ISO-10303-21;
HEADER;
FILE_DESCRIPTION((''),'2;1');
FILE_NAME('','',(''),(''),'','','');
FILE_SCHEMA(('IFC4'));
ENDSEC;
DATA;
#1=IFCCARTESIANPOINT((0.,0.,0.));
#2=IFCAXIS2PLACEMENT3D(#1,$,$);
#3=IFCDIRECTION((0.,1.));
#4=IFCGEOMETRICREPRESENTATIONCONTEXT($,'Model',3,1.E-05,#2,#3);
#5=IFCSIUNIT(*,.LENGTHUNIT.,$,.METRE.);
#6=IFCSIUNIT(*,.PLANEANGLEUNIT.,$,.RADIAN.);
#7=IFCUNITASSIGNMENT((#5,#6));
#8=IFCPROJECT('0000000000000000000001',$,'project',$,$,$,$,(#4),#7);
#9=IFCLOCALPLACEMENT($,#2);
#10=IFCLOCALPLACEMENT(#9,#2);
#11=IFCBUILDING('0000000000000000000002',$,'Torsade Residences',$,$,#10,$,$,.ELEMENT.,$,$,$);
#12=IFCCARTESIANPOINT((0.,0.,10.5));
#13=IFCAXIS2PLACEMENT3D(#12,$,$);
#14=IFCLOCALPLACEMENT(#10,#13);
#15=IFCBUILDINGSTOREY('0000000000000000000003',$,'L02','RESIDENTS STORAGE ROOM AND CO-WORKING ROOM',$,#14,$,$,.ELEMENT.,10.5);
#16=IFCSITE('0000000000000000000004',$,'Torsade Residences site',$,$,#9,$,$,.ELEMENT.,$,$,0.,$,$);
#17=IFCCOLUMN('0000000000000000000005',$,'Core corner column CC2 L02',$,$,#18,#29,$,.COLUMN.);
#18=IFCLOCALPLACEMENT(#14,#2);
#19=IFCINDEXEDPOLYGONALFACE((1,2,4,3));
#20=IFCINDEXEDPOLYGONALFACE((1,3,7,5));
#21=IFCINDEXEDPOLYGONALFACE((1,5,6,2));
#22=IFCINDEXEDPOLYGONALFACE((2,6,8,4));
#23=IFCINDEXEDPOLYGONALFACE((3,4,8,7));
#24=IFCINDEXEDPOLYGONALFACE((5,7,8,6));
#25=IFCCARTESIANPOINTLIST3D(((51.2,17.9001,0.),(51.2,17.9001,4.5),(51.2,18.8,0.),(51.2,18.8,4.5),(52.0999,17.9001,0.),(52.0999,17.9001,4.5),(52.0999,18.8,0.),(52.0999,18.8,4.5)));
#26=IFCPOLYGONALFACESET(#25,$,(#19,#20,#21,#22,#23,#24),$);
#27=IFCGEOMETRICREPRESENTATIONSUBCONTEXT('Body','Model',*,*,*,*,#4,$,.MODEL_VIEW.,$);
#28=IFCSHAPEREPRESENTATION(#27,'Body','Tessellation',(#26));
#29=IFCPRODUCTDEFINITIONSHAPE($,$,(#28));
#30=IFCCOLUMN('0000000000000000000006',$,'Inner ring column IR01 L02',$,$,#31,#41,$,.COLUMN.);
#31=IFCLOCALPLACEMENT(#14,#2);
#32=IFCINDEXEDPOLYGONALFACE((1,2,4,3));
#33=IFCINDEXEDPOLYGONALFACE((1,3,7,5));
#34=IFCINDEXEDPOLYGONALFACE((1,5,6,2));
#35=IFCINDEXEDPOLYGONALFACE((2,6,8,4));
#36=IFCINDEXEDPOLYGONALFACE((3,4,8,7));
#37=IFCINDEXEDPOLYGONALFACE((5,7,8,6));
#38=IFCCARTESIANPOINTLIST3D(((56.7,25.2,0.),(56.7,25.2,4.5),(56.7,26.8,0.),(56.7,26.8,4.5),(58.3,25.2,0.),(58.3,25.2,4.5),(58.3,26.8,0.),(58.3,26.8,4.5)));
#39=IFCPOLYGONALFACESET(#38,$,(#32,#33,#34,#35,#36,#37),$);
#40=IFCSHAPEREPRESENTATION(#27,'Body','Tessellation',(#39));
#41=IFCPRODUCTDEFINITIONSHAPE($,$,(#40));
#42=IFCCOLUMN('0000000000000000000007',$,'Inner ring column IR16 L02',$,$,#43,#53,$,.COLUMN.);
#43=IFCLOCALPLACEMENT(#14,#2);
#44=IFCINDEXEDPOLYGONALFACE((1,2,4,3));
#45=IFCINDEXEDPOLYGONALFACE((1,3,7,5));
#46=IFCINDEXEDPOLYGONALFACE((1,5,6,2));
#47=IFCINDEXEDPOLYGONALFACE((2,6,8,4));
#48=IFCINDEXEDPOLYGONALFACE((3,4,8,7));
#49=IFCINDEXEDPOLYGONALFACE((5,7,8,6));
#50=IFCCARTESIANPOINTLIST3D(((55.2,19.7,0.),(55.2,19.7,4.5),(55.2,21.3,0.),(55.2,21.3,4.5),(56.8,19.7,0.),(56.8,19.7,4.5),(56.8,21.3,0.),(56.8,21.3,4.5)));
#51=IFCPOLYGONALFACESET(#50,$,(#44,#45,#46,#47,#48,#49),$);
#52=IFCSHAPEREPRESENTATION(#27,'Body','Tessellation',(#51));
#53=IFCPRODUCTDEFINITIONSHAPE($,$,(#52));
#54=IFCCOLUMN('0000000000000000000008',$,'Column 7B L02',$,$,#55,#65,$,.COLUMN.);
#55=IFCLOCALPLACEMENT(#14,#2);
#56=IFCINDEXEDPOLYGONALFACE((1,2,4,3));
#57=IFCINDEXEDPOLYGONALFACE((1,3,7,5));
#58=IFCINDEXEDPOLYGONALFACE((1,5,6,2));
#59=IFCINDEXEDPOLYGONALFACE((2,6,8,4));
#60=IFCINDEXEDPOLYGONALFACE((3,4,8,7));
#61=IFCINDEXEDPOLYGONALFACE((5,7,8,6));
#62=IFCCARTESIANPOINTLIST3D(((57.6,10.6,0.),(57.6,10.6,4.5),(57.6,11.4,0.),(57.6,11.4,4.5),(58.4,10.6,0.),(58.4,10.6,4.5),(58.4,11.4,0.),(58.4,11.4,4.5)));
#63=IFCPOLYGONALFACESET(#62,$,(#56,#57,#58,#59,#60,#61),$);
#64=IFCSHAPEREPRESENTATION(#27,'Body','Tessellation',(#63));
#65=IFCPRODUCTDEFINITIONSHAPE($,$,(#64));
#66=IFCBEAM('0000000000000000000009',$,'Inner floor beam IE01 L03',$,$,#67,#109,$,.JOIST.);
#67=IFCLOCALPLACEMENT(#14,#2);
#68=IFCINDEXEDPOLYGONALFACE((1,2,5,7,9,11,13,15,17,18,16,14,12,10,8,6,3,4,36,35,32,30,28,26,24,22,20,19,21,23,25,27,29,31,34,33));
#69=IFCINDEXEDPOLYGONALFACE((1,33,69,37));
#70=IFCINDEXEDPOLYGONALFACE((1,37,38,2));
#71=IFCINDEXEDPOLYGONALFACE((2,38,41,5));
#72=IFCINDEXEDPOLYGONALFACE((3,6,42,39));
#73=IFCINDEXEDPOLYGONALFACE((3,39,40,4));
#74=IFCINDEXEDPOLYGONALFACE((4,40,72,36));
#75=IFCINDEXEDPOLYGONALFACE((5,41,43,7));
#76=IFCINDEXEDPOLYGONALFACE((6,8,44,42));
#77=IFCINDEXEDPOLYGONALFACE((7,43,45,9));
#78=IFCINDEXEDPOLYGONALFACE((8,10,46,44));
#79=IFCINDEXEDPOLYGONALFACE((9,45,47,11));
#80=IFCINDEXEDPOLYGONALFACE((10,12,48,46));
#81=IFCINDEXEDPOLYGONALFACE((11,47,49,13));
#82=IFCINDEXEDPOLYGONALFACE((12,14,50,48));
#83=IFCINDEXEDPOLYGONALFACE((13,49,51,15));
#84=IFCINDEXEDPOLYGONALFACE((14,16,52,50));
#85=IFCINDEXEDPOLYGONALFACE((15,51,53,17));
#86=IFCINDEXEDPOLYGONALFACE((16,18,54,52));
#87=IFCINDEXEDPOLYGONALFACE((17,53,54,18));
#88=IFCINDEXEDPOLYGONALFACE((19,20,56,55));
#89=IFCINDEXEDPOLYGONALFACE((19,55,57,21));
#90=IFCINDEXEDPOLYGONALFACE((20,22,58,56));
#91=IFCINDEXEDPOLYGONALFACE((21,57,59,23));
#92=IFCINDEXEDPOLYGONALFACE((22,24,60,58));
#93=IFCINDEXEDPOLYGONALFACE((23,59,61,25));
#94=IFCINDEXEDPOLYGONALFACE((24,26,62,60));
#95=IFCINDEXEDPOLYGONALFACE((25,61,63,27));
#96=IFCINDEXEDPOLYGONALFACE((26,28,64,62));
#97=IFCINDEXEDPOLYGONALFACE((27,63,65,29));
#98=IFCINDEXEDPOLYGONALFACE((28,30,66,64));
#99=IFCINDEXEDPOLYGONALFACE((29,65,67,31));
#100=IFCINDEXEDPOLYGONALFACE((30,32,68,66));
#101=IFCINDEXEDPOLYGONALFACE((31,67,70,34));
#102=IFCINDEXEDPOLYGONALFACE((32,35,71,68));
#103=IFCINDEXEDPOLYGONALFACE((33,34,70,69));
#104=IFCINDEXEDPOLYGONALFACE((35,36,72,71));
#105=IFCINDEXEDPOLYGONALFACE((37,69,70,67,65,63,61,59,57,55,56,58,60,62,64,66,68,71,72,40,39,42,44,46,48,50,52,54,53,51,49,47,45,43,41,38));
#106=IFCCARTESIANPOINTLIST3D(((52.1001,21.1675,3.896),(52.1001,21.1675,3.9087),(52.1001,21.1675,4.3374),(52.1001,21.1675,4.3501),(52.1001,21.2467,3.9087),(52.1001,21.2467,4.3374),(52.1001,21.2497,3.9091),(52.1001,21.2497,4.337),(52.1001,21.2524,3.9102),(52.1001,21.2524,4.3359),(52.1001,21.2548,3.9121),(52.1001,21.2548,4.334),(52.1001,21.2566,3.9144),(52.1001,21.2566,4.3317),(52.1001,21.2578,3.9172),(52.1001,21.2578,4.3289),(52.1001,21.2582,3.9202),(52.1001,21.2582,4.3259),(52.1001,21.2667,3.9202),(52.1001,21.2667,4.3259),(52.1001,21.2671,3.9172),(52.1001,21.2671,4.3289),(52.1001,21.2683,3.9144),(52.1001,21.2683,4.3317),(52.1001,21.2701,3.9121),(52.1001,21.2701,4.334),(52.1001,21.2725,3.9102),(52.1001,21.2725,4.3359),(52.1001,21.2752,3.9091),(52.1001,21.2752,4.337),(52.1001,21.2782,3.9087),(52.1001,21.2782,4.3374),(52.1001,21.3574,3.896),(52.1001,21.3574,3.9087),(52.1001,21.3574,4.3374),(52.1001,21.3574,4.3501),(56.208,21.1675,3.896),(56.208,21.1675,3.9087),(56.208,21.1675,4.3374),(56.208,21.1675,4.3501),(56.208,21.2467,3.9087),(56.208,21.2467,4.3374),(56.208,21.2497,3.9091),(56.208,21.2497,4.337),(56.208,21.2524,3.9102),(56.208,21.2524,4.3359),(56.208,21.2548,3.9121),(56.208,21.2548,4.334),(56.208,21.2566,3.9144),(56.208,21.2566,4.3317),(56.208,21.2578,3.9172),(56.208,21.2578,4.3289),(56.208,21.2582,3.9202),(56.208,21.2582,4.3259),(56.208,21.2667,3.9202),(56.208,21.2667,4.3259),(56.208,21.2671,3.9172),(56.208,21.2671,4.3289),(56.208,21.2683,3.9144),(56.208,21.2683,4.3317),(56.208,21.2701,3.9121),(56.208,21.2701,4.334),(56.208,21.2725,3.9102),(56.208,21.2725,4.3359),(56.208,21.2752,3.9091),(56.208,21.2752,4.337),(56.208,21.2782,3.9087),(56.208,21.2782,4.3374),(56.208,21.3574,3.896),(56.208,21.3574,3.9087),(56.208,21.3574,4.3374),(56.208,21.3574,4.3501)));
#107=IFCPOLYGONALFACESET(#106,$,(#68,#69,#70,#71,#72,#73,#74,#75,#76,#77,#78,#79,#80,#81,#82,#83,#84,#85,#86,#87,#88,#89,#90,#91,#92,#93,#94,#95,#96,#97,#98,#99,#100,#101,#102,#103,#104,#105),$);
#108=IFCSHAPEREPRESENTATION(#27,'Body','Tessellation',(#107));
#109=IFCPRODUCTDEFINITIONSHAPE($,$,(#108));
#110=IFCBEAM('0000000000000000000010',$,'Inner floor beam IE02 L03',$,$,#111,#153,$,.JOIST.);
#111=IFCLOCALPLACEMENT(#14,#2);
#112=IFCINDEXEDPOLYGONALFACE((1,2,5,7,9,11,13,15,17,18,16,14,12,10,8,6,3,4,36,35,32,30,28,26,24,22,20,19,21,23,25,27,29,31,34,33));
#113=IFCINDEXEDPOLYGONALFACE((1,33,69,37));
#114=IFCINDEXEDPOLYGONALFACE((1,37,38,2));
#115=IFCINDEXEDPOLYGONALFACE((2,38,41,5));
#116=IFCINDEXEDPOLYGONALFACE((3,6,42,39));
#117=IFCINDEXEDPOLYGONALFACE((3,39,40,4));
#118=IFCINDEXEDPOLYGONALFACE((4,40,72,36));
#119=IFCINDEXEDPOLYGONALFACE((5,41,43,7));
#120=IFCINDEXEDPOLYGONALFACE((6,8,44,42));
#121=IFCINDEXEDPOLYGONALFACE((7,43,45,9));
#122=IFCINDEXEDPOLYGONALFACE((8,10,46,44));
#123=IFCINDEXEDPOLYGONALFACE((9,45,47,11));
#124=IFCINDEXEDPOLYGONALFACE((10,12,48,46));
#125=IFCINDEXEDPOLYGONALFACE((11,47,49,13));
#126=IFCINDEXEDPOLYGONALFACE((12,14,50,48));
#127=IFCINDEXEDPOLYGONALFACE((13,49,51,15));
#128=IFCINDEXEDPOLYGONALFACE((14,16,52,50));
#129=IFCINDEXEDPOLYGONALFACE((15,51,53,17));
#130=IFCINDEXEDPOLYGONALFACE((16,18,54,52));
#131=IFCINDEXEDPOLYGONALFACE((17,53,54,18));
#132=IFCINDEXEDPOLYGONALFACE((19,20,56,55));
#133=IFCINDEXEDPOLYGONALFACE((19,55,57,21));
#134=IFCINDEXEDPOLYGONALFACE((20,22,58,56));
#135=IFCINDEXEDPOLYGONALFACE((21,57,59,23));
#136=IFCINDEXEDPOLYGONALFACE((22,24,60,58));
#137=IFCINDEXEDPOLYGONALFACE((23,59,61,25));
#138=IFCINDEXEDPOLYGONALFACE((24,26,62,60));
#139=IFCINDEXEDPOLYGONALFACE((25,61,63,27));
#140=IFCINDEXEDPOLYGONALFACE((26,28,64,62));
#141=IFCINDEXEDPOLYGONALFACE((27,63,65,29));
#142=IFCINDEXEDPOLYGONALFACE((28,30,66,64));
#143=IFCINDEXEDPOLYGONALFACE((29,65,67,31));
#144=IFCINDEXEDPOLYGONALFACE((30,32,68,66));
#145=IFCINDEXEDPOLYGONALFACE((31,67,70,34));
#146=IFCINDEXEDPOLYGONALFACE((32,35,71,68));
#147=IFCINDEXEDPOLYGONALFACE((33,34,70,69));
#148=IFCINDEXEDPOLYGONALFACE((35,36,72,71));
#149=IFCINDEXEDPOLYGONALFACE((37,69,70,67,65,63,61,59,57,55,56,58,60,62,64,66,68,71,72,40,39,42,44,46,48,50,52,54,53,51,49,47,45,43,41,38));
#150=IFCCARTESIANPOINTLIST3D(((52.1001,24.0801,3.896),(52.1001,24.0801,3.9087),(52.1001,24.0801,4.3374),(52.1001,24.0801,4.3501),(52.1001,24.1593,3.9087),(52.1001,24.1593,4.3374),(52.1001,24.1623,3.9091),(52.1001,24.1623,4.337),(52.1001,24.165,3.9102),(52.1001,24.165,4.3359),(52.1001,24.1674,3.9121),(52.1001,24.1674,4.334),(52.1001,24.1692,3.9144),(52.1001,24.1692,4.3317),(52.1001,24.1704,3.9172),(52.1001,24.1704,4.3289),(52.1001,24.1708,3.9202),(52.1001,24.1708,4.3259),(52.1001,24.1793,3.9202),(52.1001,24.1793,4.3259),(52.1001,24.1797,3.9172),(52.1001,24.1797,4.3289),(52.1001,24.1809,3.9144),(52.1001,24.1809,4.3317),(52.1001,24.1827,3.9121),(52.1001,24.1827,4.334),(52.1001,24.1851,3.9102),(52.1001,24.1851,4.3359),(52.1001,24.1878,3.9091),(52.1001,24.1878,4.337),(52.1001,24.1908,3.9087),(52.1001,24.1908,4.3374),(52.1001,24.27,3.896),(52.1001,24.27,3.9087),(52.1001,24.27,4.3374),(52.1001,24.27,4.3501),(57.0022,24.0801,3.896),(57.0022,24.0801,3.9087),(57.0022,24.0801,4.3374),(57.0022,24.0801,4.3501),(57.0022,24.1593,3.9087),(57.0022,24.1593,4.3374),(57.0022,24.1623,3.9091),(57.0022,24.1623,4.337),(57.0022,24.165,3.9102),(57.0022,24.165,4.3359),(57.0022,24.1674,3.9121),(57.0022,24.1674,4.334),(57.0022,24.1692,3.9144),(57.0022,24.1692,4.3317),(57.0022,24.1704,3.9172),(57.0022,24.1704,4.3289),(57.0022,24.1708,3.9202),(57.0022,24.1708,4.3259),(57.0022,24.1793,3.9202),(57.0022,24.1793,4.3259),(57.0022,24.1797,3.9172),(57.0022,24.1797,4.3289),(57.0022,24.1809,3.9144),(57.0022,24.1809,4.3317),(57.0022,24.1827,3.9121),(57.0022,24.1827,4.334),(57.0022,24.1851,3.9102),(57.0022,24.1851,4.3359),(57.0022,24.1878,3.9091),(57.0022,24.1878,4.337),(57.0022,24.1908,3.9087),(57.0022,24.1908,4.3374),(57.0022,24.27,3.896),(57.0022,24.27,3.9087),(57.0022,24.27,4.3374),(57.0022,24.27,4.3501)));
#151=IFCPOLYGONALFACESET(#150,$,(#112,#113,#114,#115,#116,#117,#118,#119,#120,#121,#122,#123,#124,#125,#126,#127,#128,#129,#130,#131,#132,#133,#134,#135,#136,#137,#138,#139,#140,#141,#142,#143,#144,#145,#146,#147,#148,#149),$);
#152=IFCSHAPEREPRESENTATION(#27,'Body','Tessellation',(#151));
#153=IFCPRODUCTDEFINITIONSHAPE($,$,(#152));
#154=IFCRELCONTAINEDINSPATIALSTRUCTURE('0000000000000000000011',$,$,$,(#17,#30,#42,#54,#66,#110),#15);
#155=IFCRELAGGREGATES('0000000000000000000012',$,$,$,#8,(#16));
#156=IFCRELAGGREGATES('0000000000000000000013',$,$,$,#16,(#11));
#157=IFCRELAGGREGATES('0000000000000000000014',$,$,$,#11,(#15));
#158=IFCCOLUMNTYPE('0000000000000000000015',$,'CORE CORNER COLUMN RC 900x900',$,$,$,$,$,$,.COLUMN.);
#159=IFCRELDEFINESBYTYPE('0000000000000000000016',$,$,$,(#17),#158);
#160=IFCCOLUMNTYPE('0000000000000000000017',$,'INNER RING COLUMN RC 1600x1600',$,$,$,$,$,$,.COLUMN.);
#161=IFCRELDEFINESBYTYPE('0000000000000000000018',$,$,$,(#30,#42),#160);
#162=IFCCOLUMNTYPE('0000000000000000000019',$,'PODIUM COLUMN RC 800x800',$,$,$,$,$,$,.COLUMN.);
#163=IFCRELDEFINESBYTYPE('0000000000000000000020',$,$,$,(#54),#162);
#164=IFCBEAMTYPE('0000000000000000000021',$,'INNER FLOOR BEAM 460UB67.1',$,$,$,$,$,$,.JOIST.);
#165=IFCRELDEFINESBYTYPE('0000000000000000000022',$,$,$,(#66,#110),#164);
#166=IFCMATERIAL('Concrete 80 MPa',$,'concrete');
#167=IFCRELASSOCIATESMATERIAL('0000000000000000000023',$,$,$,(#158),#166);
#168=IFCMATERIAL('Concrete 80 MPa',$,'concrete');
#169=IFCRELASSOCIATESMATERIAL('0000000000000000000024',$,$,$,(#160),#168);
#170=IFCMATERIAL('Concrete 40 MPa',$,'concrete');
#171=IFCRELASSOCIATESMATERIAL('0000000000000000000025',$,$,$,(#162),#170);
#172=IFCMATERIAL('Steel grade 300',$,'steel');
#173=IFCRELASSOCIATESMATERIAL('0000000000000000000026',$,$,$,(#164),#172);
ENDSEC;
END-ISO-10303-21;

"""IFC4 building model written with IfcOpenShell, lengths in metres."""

from ifc_helpers import new_model, si_unit, direction, frame, origin, origin_2d, place, context, subcontext, project, spatial, rectangle, i_section, extrude, material, material_profile, profile_set, type_object, element, save


model = new_model("IFC4")

# Units and contexts
model_context = context("Model", 3, precision=1e-05, world=origin(), true_north=direction((0.0, 1.0)))
body_context = subcontext(model_context, "Body", "Model", "MODEL_VIEW")
ifc_project = project(units=[si_unit("LENGTHUNIT", "METRE"), si_unit("PLANEANGLEUNIT", "RADIAN")], contexts=[model_context])

# Site, building, storey
site_placement = place(None, origin())
site = spatial("IfcSite", under=ifc_project, at=site_placement, Name="Torsade Residences site", CompositionType="ELEMENT", RefElevation=0.0)
building_placement = place(site_placement, origin())
building = spatial("IfcBuilding", under=site, at=building_placement, Name="Torsade Residences", CompositionType="ELEMENT")
storey_placement = place(building_placement, frame((0.0, 0.0, 10.5)))
storey = spatial("IfcBuildingStorey", under=building, at=storey_placement, Name="L02", Description="RESIDENTS STORAGE ROOM AND CO-WORKING ROOM", CompositionType="ELEMENT", Elevation=10.5)

# Columns
ifc_material_1 = material(Name="Concrete 80 MPa", Category="concrete")
ifc_material_profile_1 = material_profile(ifc_material_1, rectangle(XDim=0.8999, YDim=0.8999, at=origin_2d()), Name="RC 900x900")
ifc_profile_set_1 = profile_set([ifc_material_profile_1], Name="Concrete 80 MPa")
column_type_1 = type_object("IfcColumnType", Name="CORE CORNER COLUMN RC 900x900", PredefinedType="COLUMN", material=ifc_profile_set_1)
column_1_placement = place(storey_placement, frame((51.6499, 18.3501, 0.0), z_axis=(0.0, 0.0, 1.0), x_axis=(1.0, 0.0, 0.0)))
element("IfcColumn", 1, at=column_1_placement, inside=storey, type_object=column_type_1, Name="Core corner column CC2 L02", PredefinedType="COLUMN", context=body_context, shape_type="SweptSolid", body=[
    extrude(rectangle(XDim=0.8999, YDim=0.8999, at=origin_2d()), origin(), (0.0, 0.0, 1.0), 4.5),
])
ifc_material_2 = material(Name="Concrete 80 MPa", Category="concrete")
ifc_material_profile_2 = material_profile(ifc_material_2, rectangle(XDim=1.6001, YDim=1.6001, at=origin_2d()), Name="RC 1600x1600")
ifc_profile_set_2 = profile_set([ifc_material_profile_2], Name="Concrete 80 MPa")
column_type_2 = type_object("IfcColumnType", Name="INNER RING COLUMN RC 1600x1600", PredefinedType="COLUMN", material=ifc_profile_set_2)
for number, where, z_axis, x_axis, name in (
    (2, (57.5, 26.0, 0.0), (0.0, 0.0, 1.0), (1.0, 0.0, 0.0), "Inner ring column IR01 L02"),
    (3, (56.0, 20.5, 0.0), (0.0, 0.0, 1.0), (1.0, 0.0, 0.0), "Inner ring column IR16 L02"),
):
    element("IfcColumn", number, at=place(storey_placement, frame(where, z_axis=z_axis, x_axis=x_axis)), inside=storey, type_object=column_type_2, Name=name, PredefinedType="COLUMN", context=body_context, shape_type="SweptSolid", body=[
        extrude(rectangle(XDim=1.6001, YDim=1.6001, at=origin_2d()), origin(), (0.0, 0.0, 1.0), 4.5),
    ])
ifc_material_3 = material(Name="Concrete 40 MPa", Category="concrete")
ifc_material_profile_3 = material_profile(ifc_material_3, rectangle(XDim=0.8, YDim=0.8, at=origin_2d()), Name="RC 800x800")
ifc_profile_set_3 = profile_set([ifc_material_profile_3], Name="Concrete 40 MPa")
column_type_3 = type_object("IfcColumnType", Name="PODIUM COLUMN RC 800x800", PredefinedType="COLUMN", material=ifc_profile_set_3)
column_2_placement = place(storey_placement, frame((58.0, 11.0, 0.0), z_axis=(0.0, 0.0, 1.0), x_axis=(1.0, 0.0, 0.0)))
element("IfcColumn", 4, at=column_2_placement, inside=storey, type_object=column_type_3, Name="Column 7B L02", PredefinedType="COLUMN", context=body_context, shape_type="SweptSolid", body=[
    extrude(rectangle(XDim=0.8, YDim=0.8, at=origin_2d()), origin(), (0.0, 0.0, 1.0), 4.5),
])

# Beams
ifc_material_4 = material(Name="Steel grade 300", Category="steel")
ifc_material_profile_4 = material_profile(ifc_material_4, i_section(OverallWidth=0.1899, OverallDepth=0.4541, WebThickness=0.0085, FlangeThickness=0.0127, FilletRadius=0.0115, at=origin_2d()), Name="460UB67.1")
ifc_profile_set_4 = profile_set([ifc_material_profile_4], Name="Steel grade 300")
beam_type_1 = type_object("IfcBeamType", Name="INNER FLOOR BEAM 460UB67.1", PredefinedType="JOIST", material=ifc_profile_set_4)
beam_1_placement = place(storey_placement, frame((52.1001, 21.2625, 4.123), z_axis=(1.0, 0.0, 0.0), x_axis=(0.0, 1.0, 0.0)))
element("IfcBeam", 5, at=beam_1_placement, inside=storey, type_object=beam_type_1, Name="Inner floor beam IE01 L03", PredefinedType="JOIST", context=body_context, shape_type="SweptSolid", body=[
    extrude(i_section(OverallWidth=0.1899, OverallDepth=0.4541, WebThickness=0.0085, FlangeThickness=0.0127, FilletRadius=0.0115, at=origin_2d()), origin(), (0.0, 0.0, 1.0), 4.1079),
])
beam_2_placement = place(storey_placement, frame((52.1001, 24.175, 4.123), z_axis=(1.0, 0.0, 0.0), x_axis=(0.0, 1.0, 0.0)))
element("IfcBeam", 6, at=beam_2_placement, inside=storey, type_object=beam_type_1, Name="Inner floor beam IE02 L03", PredefinedType="JOIST", context=body_context, shape_type="SweptSolid", body=[
    extrude(i_section(OverallWidth=0.1899, OverallDepth=0.4541, WebThickness=0.0085, FlangeThickness=0.0127, FilletRadius=0.0115, at=origin_2d()), origin(), (0.0, 0.0, 1.0), 4.9021),
])

save(model, "model.ifc")
